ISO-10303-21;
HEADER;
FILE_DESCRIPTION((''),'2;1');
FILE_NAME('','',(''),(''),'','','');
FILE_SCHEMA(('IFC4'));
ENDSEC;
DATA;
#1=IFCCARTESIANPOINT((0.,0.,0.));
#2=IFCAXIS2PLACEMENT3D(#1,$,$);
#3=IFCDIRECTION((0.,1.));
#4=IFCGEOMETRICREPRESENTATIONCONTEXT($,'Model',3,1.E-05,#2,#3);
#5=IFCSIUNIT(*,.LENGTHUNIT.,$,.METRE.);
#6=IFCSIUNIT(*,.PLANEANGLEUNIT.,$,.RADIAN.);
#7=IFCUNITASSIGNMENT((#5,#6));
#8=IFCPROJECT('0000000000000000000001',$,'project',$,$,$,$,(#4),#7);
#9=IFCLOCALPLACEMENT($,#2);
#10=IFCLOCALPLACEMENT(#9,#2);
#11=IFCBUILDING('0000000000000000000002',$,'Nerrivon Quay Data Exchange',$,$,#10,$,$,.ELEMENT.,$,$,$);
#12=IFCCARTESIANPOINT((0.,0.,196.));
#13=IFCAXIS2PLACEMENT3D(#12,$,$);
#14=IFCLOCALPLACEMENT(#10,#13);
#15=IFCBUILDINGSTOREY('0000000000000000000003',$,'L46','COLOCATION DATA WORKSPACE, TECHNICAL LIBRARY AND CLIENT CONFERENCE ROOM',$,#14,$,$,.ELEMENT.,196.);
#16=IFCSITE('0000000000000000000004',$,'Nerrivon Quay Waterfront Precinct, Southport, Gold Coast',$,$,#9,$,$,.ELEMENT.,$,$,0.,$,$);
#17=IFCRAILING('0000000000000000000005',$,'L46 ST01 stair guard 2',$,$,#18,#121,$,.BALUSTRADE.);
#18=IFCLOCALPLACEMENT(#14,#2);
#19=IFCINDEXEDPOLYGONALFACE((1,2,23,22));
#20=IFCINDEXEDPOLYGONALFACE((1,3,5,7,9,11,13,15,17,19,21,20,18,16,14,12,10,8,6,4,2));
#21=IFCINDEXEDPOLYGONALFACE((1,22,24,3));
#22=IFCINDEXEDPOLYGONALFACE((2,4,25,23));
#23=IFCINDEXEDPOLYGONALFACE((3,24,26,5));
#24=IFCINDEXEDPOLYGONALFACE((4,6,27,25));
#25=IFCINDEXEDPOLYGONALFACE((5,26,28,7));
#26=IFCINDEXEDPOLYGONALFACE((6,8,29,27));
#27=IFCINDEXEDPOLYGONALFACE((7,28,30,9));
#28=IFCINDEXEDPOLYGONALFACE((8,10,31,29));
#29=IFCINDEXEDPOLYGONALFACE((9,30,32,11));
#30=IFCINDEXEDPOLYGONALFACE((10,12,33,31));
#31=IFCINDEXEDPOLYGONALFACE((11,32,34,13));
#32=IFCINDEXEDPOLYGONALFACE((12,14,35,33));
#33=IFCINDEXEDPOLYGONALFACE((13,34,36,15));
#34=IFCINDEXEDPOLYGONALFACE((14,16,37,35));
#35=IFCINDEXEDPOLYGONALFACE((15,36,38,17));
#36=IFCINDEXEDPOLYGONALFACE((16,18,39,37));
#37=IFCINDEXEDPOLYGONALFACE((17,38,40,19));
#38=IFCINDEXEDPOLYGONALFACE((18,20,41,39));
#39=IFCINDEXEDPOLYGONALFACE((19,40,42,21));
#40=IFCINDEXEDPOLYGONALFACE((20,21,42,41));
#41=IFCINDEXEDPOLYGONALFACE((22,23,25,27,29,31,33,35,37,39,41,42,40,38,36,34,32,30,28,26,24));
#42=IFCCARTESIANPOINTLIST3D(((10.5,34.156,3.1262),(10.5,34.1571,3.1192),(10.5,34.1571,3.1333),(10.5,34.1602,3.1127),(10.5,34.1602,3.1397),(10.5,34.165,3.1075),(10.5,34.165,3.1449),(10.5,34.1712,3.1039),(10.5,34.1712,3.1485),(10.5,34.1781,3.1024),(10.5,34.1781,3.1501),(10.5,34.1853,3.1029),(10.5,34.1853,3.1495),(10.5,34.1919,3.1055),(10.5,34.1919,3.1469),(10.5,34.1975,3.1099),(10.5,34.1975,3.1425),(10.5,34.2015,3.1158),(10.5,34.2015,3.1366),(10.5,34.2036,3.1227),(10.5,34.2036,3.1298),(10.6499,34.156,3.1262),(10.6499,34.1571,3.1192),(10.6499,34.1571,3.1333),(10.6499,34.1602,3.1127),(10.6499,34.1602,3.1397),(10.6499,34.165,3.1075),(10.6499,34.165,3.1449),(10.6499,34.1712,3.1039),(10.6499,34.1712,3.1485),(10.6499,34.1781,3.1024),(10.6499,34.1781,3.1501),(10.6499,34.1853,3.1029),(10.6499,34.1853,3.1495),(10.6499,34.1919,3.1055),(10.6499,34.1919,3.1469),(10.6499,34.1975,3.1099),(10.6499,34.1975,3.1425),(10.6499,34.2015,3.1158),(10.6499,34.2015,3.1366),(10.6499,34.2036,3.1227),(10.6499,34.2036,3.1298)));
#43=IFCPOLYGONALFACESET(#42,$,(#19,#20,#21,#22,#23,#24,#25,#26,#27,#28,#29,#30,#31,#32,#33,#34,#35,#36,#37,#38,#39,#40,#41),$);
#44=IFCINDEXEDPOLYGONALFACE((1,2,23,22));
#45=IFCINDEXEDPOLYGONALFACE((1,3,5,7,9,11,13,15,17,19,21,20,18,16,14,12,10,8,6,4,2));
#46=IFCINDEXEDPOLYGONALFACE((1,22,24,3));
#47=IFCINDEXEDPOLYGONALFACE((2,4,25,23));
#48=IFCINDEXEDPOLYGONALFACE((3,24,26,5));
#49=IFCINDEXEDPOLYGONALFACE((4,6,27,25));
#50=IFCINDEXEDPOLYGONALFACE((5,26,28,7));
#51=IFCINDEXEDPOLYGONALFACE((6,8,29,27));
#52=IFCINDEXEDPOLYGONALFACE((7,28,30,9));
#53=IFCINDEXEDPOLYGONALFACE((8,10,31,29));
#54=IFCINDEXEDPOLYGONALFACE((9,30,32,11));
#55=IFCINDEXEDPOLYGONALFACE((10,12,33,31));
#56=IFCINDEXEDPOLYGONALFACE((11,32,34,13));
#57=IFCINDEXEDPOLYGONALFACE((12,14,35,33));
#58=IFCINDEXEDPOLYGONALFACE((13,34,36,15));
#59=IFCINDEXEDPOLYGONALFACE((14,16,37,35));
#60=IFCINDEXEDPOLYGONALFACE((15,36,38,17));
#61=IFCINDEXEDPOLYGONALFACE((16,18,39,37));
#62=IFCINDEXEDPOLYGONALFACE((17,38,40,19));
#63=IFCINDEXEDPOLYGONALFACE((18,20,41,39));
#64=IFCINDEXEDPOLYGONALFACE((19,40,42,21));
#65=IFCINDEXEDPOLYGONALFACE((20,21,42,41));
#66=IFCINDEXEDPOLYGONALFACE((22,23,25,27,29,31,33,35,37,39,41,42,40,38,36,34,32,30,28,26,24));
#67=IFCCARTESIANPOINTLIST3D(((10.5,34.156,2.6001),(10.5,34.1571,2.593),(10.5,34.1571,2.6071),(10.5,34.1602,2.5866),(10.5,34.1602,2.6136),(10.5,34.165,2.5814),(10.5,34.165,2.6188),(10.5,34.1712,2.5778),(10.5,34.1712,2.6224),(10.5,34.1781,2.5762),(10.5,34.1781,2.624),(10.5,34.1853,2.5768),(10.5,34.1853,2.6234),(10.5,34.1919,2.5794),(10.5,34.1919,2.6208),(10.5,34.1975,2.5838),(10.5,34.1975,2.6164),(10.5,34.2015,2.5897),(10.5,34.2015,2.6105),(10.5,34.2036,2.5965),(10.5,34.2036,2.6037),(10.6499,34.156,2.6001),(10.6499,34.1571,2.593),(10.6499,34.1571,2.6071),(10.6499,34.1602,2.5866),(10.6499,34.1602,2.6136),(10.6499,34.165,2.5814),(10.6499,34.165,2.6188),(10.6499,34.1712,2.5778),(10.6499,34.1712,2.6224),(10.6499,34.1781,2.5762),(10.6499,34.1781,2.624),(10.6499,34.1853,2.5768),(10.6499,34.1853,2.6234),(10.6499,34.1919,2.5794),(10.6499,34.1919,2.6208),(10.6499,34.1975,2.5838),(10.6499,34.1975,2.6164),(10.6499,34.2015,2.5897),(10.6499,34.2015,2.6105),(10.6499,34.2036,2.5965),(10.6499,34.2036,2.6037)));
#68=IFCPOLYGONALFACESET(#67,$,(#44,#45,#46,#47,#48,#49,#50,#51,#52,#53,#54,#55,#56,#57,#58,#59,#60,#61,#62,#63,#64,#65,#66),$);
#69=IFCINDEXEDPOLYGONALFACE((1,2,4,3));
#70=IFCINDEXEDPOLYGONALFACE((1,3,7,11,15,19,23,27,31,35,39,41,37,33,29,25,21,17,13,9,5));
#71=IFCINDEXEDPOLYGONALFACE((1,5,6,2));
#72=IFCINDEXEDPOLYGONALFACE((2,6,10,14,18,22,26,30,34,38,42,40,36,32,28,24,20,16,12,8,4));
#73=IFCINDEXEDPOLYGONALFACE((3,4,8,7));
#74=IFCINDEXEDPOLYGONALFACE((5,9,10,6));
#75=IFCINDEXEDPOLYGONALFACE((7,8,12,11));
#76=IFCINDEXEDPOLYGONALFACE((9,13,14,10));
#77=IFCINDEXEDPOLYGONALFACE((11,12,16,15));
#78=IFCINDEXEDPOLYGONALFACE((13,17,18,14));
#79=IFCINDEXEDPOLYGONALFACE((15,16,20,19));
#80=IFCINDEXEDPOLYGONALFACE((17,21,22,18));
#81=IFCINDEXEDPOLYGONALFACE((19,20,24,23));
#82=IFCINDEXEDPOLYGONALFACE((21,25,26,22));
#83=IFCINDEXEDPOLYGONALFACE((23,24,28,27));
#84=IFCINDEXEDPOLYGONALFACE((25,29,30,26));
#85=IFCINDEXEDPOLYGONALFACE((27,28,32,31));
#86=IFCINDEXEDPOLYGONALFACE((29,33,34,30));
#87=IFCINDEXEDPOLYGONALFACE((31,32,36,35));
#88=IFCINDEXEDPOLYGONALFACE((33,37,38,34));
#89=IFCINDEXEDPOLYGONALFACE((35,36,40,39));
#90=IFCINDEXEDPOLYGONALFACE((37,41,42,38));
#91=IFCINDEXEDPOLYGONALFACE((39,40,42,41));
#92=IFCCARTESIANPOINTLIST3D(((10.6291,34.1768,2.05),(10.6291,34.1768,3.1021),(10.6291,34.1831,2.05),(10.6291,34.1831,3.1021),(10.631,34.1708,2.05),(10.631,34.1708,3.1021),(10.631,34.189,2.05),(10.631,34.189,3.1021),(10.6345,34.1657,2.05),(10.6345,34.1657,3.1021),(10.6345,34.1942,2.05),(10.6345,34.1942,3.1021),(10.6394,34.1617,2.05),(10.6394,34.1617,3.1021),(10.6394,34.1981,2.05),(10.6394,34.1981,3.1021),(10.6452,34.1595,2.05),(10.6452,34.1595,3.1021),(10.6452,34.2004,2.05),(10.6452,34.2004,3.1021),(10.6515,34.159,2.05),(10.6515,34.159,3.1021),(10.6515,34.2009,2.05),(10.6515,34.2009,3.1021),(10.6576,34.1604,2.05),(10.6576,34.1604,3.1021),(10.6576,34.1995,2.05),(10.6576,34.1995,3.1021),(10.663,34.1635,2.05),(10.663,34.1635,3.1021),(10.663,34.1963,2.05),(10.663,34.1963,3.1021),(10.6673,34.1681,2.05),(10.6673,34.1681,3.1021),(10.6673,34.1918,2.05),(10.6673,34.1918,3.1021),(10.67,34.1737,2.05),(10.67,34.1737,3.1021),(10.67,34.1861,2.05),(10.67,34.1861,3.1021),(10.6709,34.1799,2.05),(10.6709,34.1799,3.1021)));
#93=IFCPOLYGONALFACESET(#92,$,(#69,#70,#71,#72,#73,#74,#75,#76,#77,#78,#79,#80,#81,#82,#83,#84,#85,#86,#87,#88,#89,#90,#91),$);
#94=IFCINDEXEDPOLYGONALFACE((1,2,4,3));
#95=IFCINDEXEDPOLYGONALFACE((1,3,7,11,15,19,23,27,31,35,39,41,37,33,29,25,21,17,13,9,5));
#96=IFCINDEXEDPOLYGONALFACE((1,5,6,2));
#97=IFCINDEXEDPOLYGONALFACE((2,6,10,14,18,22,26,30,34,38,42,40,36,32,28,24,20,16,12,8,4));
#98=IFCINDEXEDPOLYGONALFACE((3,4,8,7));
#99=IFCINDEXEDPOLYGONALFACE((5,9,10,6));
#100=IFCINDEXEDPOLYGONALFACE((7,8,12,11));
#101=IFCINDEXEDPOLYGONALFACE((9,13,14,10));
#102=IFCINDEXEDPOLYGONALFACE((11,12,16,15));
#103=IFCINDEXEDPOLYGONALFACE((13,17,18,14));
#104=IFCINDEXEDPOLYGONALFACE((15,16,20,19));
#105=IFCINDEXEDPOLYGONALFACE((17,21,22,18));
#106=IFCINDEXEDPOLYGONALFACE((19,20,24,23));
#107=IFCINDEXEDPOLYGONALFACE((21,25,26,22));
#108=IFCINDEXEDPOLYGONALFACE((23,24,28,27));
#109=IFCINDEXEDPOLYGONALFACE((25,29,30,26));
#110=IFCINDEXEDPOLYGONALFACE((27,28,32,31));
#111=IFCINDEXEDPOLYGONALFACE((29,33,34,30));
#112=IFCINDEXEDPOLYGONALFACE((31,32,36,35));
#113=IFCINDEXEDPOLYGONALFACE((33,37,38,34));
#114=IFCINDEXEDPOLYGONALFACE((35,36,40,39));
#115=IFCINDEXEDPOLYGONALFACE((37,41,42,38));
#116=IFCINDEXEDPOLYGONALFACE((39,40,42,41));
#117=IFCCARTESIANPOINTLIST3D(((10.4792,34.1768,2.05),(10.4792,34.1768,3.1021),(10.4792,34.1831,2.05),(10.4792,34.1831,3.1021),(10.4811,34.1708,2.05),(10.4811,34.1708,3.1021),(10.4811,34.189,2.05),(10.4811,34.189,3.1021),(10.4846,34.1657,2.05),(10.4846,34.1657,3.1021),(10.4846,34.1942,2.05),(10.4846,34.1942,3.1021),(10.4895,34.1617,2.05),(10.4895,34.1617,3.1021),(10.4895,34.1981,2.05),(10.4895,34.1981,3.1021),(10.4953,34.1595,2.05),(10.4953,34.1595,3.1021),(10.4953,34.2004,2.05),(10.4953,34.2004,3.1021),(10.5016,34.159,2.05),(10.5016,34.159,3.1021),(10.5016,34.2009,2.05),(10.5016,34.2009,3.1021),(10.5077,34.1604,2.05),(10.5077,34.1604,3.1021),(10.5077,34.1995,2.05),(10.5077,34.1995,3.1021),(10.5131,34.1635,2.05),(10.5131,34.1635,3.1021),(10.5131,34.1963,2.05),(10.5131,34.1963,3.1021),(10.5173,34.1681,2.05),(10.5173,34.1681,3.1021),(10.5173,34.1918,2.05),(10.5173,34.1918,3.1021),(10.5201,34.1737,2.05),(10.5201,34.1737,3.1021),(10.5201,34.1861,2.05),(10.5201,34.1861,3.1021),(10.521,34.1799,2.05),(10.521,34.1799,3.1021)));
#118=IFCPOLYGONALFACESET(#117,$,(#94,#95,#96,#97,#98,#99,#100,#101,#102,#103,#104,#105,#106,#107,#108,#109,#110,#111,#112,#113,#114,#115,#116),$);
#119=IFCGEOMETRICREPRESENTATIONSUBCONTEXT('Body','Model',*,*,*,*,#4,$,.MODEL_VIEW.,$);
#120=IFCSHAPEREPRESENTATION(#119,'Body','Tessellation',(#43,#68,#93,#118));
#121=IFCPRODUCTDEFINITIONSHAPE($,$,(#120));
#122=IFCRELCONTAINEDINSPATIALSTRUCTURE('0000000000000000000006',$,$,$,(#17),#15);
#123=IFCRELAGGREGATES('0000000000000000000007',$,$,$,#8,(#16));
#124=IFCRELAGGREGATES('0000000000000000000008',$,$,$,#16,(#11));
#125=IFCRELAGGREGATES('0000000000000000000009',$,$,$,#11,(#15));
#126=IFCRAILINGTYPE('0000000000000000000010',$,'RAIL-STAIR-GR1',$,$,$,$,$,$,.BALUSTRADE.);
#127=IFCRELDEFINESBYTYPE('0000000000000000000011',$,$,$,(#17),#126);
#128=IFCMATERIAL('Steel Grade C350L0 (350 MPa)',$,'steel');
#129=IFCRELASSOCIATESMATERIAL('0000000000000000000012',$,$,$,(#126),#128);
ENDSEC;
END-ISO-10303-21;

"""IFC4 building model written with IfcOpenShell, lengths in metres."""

from ifc_helpers import new_model, si_unit, direction, frame, origin, origin_2d, place, context, subcontext, project, spatial, circle, extrude, material, type_object, element, save


model = new_model("IFC4")

# Units and contexts
model_context = context("Model", 3, precision=1e-05, world=origin(), true_north=direction((0.0, 1.0)))
body_context = subcontext(model_context, "Body", "Model", "MODEL_VIEW")
ifc_project = project(units=[si_unit("LENGTHUNIT", "METRE"), si_unit("PLANEANGLEUNIT", "RADIAN")], contexts=[model_context])

# Site, building, storey
site_placement = place(None, origin())
site = spatial("IfcSite", under=ifc_project, at=site_placement, Name="Nerrivon Quay Waterfront Precinct, Southport, Gold Coast", CompositionType="ELEMENT", RefElevation=0.0)
building_placement = place(site_placement, origin())
building = spatial("IfcBuilding", under=site, at=building_placement, Name="Nerrivon Quay Data Exchange", CompositionType="ELEMENT")
storey_placement = place(building_placement, frame((0.0, 0.0, 196.0)))
storey = spatial("IfcBuildingStorey", under=building, at=storey_placement, Name="L46", Description="COLOCATION DATA WORKSPACE, TECHNICAL LIBRARY AND CLIENT CONFERENCE ROOM", CompositionType="ELEMENT", Elevation=196.0)

# Shared definitions
ifc_material_1 = material(Name="Steel Grade C350L0 (350 MPa)", Category="steel")

# Railing
railing_type = type_object("IfcRailingType", Name="RAIL-STAIR-GR1", PredefinedType="BALUSTRADE", material=ifc_material_1)
railing_1_placement = place(storey_placement, frame((10.6499, 34.1799, 2.05)))
element("IfcRailing", 1, at=railing_1_placement, inside=storey, type_object=railing_type, Name="L46 ST01 stair guard 2", PredefinedType="BALUSTRADE", context=body_context, shape_type="SweptSolid", body=[
    extrude(circle(Radius=0.0239, at=origin_2d()), frame((0.0, 0.0, 1.0762), z_axis=(-1.0, 0.0, 0.0), x_axis=(0.0, -1.0, 0.0)), (0.0, 0.0, 1.0), 0.1499),
    extrude(circle(Radius=0.0239, at=origin_2d()), frame((0.0, 0.0, 0.55), z_axis=(-1.0, 0.0, 0.0), x_axis=(0.0, -1.0, 0.0)), (0.0, 0.0, 1.0), 0.1499),
    extrude(circle(Radius=0.021, at=origin_2d()), origin(), (0.0, 0.0, 1.0), 1.052),
    extrude(circle(Radius=0.021, at=origin_2d()), frame((-0.1499, 0.0, 0.0)), (0.0, 0.0, 1.0), 1.052),
])

save(model, "model.ifc")
